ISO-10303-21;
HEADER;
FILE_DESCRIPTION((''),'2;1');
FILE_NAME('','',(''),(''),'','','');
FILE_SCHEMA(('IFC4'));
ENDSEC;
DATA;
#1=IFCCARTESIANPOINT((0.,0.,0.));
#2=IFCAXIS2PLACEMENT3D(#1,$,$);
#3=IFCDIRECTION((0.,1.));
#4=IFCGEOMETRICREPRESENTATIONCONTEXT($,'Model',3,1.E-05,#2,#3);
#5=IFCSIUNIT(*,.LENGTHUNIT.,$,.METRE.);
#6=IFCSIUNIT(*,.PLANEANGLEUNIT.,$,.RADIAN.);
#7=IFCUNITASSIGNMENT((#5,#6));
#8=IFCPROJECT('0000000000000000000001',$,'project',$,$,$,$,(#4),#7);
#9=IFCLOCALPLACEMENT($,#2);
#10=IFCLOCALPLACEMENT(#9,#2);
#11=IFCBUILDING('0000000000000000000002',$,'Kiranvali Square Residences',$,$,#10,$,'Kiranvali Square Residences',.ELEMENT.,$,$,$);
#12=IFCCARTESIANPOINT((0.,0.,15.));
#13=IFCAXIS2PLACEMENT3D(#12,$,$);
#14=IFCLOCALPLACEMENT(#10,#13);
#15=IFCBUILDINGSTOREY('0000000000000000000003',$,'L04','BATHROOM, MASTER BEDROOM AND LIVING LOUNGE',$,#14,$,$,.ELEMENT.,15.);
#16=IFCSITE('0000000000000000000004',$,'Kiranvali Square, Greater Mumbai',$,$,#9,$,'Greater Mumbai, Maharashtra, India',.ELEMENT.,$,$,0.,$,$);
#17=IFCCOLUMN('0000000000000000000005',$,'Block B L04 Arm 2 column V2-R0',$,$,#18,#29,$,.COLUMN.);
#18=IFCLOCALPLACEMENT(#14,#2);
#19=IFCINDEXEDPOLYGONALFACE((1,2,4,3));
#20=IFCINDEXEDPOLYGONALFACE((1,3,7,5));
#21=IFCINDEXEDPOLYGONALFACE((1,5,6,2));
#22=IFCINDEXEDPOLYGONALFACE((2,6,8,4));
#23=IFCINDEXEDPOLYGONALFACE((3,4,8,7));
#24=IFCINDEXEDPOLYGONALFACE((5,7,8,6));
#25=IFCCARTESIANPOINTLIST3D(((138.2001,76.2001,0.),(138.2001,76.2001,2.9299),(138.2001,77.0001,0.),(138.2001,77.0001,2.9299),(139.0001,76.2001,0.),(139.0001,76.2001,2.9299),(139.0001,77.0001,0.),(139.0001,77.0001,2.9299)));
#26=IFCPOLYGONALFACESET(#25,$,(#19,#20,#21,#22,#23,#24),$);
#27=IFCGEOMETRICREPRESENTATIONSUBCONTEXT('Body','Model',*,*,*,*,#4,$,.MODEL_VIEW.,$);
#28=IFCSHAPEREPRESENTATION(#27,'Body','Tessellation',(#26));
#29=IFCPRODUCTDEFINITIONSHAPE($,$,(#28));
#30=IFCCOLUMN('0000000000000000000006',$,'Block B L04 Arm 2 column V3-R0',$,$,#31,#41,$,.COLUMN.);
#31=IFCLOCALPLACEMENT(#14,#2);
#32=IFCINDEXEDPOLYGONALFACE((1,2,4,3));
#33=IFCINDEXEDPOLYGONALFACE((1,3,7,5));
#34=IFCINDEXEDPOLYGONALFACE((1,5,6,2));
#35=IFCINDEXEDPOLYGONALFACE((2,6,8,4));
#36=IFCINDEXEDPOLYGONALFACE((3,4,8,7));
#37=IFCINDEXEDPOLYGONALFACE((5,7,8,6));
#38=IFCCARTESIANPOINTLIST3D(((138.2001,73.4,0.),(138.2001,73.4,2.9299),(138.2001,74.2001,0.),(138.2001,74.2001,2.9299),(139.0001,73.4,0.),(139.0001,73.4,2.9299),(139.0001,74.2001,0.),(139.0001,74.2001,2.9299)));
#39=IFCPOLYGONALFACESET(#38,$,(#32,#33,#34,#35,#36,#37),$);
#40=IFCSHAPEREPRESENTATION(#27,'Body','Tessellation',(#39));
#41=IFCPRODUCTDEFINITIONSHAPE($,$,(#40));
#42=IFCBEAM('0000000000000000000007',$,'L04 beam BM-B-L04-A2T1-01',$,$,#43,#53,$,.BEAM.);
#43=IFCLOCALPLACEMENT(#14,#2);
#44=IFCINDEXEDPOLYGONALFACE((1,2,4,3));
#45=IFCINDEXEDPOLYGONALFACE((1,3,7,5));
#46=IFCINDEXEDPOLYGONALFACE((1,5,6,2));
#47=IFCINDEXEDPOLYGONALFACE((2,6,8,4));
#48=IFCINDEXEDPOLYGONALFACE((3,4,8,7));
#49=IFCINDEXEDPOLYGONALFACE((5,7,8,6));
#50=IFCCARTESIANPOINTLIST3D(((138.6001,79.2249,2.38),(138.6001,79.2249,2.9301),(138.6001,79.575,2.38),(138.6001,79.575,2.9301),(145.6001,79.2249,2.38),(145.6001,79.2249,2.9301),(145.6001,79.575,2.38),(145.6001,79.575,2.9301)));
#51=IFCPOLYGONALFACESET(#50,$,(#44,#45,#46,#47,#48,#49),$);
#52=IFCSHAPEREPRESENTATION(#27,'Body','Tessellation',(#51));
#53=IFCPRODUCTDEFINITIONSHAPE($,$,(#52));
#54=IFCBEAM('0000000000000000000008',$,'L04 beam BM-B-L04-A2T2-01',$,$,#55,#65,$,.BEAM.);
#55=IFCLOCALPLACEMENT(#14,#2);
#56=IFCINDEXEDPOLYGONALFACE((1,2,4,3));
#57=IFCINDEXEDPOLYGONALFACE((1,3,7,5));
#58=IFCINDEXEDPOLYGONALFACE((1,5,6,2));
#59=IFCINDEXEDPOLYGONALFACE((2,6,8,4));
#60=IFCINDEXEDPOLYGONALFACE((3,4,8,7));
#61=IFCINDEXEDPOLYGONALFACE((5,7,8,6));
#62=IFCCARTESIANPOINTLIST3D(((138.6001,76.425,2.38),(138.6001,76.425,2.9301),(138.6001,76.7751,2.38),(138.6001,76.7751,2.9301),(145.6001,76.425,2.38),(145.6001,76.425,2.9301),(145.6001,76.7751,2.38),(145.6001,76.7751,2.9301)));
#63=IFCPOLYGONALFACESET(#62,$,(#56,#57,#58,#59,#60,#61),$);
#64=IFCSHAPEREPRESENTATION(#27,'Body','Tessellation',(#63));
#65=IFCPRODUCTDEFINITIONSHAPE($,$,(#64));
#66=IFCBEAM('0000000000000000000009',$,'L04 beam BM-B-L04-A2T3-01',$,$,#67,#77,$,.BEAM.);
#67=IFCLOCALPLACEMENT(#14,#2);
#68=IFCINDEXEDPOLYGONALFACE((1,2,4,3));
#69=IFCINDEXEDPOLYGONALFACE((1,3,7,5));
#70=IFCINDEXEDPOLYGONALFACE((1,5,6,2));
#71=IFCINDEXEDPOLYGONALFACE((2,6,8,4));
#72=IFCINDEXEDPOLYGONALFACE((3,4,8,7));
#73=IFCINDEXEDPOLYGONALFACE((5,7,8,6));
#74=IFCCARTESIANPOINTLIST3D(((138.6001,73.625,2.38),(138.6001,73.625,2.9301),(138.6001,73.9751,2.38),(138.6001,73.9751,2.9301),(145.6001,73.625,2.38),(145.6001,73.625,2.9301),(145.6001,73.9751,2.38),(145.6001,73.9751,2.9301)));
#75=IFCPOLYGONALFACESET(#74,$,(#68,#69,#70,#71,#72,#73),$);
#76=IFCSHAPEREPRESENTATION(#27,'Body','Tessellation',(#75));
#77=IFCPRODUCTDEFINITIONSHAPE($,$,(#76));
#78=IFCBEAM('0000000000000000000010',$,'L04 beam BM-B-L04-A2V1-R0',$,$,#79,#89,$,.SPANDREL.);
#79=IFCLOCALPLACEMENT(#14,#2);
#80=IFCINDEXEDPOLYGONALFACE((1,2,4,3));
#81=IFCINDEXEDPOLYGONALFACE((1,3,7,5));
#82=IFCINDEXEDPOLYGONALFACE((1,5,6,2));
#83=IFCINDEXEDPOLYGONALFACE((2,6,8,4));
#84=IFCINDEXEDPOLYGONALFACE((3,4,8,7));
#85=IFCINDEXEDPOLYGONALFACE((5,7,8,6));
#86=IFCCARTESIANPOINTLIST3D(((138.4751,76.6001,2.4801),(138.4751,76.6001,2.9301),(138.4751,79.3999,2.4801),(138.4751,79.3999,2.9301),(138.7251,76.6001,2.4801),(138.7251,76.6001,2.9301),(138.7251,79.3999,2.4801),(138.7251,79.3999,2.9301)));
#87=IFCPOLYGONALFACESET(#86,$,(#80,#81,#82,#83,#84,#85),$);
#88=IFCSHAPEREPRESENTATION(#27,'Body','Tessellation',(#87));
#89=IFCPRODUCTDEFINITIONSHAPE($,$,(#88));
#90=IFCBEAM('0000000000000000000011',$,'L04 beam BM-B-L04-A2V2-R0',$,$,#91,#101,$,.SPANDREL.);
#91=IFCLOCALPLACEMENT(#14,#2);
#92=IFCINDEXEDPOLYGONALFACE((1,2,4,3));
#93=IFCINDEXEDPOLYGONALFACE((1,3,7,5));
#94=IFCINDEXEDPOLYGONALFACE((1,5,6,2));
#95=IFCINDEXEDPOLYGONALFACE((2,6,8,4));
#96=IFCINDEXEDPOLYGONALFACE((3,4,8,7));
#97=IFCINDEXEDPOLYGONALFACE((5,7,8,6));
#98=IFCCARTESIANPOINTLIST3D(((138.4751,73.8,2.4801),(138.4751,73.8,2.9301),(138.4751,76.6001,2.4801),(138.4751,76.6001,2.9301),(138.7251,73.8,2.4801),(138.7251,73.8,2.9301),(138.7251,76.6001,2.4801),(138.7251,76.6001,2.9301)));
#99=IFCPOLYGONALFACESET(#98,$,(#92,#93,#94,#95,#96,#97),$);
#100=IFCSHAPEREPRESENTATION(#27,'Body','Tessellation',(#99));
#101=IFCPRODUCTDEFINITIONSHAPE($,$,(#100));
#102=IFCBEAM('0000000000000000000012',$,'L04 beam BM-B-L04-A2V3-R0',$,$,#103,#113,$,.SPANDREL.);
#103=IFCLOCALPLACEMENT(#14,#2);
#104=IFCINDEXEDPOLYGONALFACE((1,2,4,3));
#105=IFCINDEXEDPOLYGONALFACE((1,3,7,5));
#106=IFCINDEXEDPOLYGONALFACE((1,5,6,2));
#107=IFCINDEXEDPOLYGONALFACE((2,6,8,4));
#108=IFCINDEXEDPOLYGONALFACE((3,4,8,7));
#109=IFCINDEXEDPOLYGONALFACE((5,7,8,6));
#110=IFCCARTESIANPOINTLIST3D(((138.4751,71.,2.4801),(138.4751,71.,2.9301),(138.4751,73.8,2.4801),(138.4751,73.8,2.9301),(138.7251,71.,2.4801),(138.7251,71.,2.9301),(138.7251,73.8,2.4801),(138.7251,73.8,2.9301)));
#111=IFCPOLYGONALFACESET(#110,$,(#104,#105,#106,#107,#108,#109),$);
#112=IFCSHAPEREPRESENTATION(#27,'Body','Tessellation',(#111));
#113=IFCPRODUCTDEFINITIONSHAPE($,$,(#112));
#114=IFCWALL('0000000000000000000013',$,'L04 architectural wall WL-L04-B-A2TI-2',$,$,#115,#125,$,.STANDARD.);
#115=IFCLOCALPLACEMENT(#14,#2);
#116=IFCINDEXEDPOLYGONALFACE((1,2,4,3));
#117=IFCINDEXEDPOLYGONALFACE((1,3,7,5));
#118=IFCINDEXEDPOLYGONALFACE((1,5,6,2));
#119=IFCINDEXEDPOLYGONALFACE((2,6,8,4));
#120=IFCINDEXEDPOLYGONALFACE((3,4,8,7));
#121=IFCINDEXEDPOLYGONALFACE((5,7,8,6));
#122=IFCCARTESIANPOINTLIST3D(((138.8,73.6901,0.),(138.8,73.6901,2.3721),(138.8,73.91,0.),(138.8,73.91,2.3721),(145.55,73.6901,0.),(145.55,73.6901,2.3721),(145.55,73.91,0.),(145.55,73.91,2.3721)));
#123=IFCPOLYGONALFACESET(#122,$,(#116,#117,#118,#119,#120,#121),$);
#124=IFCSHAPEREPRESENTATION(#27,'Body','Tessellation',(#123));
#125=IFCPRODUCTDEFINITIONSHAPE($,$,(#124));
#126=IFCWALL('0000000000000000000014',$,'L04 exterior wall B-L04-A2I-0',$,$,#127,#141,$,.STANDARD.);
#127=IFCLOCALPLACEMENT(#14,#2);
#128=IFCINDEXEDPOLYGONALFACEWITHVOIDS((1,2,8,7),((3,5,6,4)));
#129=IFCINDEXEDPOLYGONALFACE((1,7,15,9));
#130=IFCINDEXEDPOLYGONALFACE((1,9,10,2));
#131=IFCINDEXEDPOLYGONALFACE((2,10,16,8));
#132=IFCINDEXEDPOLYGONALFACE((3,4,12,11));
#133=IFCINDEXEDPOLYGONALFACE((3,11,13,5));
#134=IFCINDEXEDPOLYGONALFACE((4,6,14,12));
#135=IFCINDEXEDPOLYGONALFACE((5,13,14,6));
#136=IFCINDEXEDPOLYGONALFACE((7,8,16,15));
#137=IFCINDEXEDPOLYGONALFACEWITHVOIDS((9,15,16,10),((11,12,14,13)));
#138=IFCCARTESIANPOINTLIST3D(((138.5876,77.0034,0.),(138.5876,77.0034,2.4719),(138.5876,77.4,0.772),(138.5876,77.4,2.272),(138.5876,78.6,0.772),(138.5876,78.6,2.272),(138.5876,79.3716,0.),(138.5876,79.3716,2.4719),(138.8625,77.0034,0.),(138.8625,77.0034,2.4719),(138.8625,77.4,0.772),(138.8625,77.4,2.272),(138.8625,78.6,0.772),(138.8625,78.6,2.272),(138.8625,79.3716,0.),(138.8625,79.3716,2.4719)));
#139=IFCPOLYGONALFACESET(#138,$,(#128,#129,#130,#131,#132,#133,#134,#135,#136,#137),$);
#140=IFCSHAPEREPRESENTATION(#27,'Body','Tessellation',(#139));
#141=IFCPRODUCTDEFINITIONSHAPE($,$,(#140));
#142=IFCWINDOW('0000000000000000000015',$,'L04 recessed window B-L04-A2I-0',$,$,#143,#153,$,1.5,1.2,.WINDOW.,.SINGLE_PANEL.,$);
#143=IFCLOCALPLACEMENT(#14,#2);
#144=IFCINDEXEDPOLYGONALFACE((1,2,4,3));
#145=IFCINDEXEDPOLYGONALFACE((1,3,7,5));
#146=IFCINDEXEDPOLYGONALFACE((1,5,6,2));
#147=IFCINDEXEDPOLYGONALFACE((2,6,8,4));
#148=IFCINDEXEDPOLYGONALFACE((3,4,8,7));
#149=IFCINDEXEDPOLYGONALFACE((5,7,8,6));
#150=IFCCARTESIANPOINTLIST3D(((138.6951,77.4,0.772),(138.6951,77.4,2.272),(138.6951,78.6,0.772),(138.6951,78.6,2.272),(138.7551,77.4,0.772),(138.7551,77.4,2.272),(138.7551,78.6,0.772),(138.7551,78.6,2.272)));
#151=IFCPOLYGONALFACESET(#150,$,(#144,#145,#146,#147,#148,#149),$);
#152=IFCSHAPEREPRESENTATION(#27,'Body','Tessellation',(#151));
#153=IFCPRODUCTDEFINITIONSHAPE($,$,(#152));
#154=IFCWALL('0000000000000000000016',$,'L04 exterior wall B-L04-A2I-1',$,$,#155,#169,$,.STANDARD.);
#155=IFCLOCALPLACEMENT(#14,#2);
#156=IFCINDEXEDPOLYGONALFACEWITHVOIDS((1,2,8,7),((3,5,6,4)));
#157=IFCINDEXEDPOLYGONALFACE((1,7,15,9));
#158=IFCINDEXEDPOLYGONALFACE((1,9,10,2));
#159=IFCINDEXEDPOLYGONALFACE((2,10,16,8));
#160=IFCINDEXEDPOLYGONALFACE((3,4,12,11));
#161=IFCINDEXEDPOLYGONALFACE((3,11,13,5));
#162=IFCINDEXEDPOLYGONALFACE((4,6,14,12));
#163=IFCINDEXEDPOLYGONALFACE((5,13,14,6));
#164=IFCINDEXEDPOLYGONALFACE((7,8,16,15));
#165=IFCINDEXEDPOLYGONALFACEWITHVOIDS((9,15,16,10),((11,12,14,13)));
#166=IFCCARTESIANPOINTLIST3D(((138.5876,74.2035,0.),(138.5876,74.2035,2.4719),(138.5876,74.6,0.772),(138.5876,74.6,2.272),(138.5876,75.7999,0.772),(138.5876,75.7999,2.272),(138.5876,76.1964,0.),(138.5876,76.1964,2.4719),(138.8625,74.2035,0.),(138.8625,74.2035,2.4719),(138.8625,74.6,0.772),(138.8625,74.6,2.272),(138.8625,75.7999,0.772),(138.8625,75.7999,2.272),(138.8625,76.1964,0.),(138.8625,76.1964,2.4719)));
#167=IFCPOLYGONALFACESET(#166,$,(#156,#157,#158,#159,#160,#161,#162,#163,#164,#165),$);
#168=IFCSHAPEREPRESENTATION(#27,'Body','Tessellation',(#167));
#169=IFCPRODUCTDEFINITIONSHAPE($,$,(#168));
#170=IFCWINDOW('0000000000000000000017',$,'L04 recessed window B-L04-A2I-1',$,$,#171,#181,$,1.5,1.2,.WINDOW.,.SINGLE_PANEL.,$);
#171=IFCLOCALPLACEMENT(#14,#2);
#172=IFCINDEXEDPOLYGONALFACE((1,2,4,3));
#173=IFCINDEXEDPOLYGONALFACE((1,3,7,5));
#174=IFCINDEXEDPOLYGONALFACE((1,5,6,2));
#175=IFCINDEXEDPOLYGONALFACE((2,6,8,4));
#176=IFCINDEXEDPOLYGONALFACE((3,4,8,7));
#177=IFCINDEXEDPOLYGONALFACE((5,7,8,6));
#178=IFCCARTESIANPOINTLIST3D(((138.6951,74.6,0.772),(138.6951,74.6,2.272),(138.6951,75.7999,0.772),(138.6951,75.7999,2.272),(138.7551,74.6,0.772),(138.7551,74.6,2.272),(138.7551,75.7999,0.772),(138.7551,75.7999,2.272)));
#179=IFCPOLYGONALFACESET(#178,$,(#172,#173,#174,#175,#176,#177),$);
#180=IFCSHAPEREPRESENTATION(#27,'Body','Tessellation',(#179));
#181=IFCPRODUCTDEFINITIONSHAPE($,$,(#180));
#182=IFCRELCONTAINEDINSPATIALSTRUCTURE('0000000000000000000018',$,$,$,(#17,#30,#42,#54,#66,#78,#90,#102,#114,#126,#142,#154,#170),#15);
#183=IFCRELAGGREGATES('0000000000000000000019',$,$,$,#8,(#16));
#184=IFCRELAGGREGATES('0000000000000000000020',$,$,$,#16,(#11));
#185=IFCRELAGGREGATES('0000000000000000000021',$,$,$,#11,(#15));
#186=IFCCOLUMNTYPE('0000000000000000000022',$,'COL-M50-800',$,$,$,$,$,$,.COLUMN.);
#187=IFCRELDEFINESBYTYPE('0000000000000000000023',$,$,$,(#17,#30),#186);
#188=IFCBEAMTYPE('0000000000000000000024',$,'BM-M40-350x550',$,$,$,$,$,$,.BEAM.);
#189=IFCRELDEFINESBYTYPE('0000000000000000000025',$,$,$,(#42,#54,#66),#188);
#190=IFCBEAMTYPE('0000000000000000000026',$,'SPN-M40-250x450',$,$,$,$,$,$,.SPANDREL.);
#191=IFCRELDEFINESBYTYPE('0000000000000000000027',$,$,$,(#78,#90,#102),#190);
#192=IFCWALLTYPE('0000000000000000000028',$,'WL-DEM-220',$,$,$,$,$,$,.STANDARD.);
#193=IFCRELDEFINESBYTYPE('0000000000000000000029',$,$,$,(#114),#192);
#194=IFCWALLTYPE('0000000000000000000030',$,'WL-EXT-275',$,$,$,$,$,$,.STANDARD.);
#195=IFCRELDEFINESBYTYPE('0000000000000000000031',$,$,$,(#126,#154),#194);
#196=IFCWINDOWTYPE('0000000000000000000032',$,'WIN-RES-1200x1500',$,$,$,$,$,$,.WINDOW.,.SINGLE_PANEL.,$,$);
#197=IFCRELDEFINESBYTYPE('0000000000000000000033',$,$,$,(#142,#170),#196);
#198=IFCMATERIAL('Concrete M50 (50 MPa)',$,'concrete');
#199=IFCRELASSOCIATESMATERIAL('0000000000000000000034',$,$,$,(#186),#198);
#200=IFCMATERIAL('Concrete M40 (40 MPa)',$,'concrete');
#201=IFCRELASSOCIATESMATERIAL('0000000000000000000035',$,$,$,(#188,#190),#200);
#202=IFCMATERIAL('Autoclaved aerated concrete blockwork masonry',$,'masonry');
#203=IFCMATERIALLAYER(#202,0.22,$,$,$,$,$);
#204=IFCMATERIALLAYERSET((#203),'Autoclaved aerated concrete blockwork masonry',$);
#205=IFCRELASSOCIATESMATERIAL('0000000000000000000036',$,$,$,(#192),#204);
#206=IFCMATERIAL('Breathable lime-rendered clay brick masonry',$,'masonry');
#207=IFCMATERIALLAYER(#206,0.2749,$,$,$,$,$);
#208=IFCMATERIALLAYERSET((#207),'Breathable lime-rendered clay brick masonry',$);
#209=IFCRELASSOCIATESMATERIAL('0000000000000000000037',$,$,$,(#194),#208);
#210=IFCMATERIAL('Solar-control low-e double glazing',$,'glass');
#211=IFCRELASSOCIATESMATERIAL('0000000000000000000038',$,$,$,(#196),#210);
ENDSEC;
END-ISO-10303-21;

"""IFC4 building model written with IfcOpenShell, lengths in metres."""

from ifc_helpers import new_model, si_unit, direction, frame, frame_2d, origin, origin_2d, place, context, subcontext, project, spatial, rectangle, extrude, material, layer, layer_set, material_profile, profile_set, type_object, element, fill, save


model = new_model("IFC4")

# Units and contexts
model_context = context("Model", 3, precision=1e-05, world=origin(), true_north=direction((0.0, 1.0)))
body_context = subcontext(model_context, "Body", "Model", "MODEL_VIEW")
ifc_project = project(units=[si_unit("LENGTHUNIT", "METRE"), si_unit("PLANEANGLEUNIT", "RADIAN")], contexts=[model_context])

# Site, building, storey
site_placement = place(None, origin())
site = spatial("IfcSite", under=ifc_project, at=site_placement, Name="Kiranvali Square, Greater Mumbai", LongName="Greater Mumbai, Maharashtra, India", CompositionType="ELEMENT", RefElevation=0.0)
building_placement = place(site_placement, origin())
building = spatial("IfcBuilding", under=site, at=building_placement, Name="Kiranvali Square Residences", LongName="Kiranvali Square Residences", CompositionType="ELEMENT")
storey_placement = place(building_placement, frame((0.0, 0.0, 15.0)))
storey = spatial("IfcBuildingStorey", under=building, at=storey_placement, Name="L04", Description="BATHROOM, MASTER BEDROOM AND LIVING LOUNGE", CompositionType="ELEMENT", Elevation=15.0)

# Columns
ifc_material_1 = material(Name="Concrete M50 (50 MPa)", Category="concrete")
ifc_material_profile_1 = material_profile(ifc_material_1, rectangle(XDim=0.8, YDim=0.8, at=origin_2d()), Name="RC 800x800")
ifc_profile_set_1 = profile_set([ifc_material_profile_1], Name="Concrete M50 (50 MPa)")
column_type = type_object("IfcColumnType", Name="COL-M50-800", PredefinedType="COLUMN", material=ifc_profile_set_1)
for number, where, z_axis, x_axis, name in (
    (1, (138.6001, 76.6001, 0.0), (0.0, 0.0, 1.0), (1.0, 0.0, 0.0), "Block B L04 Arm 2 column V2-R0"),
    (2, (138.6001, 73.8, 0.0), (0.0, 0.0, 1.0), (1.0, 0.0, 0.0), "Block B L04 Arm 2 column V3-R0"),
):
    element("IfcColumn", number, at=place(storey_placement, frame(where, z_axis=z_axis, x_axis=x_axis)), inside=storey, type_object=column_type, Name=name, PredefinedType="COLUMN", context=body_context, shape_type="SweptSolid", body=[
        extrude(rectangle(XDim=0.8, YDim=0.8, at=origin_2d()), origin(), (0.0, 0.0, 1.0), 2.9299),
    ])

# Beams
ifc_material_2 = material(Name="Concrete M40 (40 MPa)", Category="concrete")
ifc_material_profile_2 = material_profile(ifc_material_2, rectangle(XDim=0.3501, YDim=0.55, at=origin_2d()), Name="RC 350x550")
ifc_profile_set_2 = profile_set([ifc_material_profile_2], Name="Concrete M40 (40 MPa)")
beam_type_1 = type_object("IfcBeamType", Name="BM-M40-350x550", PredefinedType="BEAM", material=ifc_profile_set_2)
for number, where, z_axis, x_axis, name in (
    (3, (138.6001, 79.3999, 2.655), (1.0, 0.0, 0.0), (0.0, 1.0, 0.0), "L04 beam BM-B-L04-A2T1-01"),
    (4, (138.6001, 76.6001, 2.655), (1.0, 0.0, 0.0), (0.0, 1.0, 0.0), "L04 beam BM-B-L04-A2T2-01"),
    (5, (138.6001, 73.8, 2.655), (1.0, 0.0, 0.0), (0.0, 1.0, 0.0), "L04 beam BM-B-L04-A2T3-01"),
):
    element("IfcBeam", number, at=place(storey_placement, frame(where, z_axis=z_axis, x_axis=x_axis)), inside=storey, type_object=beam_type_1, Name=name, PredefinedType="BEAM", context=body_context, shape_type="SweptSolid", body=[
        extrude(rectangle(XDim=0.3501, YDim=0.55, at=origin_2d()), origin(), (0.0, 0.0, 1.0), 7.0),
    ])
ifc_material_profile_3 = material_profile(ifc_material_2, rectangle(XDim=0.25, YDim=0.45, at=origin_2d()), Name="RC 250x450")
ifc_profile_set_3 = profile_set([ifc_material_profile_3], Name="Concrete M40 (40 MPa)")
beam_type_2 = type_object("IfcBeamType", Name="SPN-M40-250x450", PredefinedType="SPANDREL", material=ifc_profile_set_3)
beam_placement = place(storey_placement, frame((138.6001, 79.3999, 2.7051), z_axis=(0.0, -1.0, 0.0), x_axis=(1.0, 0.0, 0.0)))
element("IfcBeam", 6, at=beam_placement, inside=storey, type_object=beam_type_2, Name="L04 beam BM-B-L04-A2V1-R0", PredefinedType="SPANDREL", context=body_context, shape_type="SweptSolid", body=[
    extrude(rectangle(XDim=0.25, YDim=0.45, at=origin_2d()), origin(), (0.0, 0.0, 1.0), 2.7998),
])
for number, where, z_axis, x_axis, name in (
    (7, (138.6001, 76.6001, 2.7051), (0.0, -1.0, 0.0), (1.0, 0.0, 0.0), "L04 beam BM-B-L04-A2V2-R0"),
    (8, (138.6001, 73.8, 2.7051), (0.0, -1.0, 0.0), (1.0, 0.0, 0.0), "L04 beam BM-B-L04-A2V3-R0"),
):
    element("IfcBeam", number, at=place(storey_placement, frame(where, z_axis=z_axis, x_axis=x_axis)), inside=storey, type_object=beam_type_2, Name=name, PredefinedType="SPANDREL", context=body_context, shape_type="SweptSolid", body=[
        extrude(rectangle(XDim=0.25, YDim=0.45, at=origin_2d()), origin(), (0.0, 0.0, 1.0), 2.8),
    ])

# Wall
ifc_material_3 = material(Name="Autoclaved aerated concrete blockwork masonry", Category="masonry")
ifc_layer_1 = layer(ifc_material_3, 0.22)
ifc_layer_set_1 = layer_set([ifc_layer_1], Name="Autoclaved aerated concrete blockwork masonry")
wall_type_1 = type_object("IfcWallType", Name="WL-DEM-220", PredefinedType="STANDARD", material=ifc_layer_set_1)
wall_1_placement = place(storey_placement, frame((138.8, 73.8, 0.0), z_axis=(0.0, 0.0, 1.0), x_axis=(1.0, 0.0, 0.0)))
element("IfcWall", 9, at=wall_1_placement, inside=storey, type_object=wall_type_1, Name="L04 architectural wall WL-L04-B-A2TI-2", PredefinedType="STANDARD", context=body_context, shape_type="SweptSolid", body=[
    extrude(rectangle(XDim=6.75, YDim=0.22, at=frame_2d((3.375, 0.0))), origin(), (0.0, 0.0, 1.0), 2.3721),
])

# Walls, openings, windows
ifc_material_4 = material(Name="Breathable lime-rendered clay brick masonry", Category="masonry")
ifc_layer_2 = layer(ifc_material_4, 0.2749)
ifc_layer_set_2 = layer_set([ifc_layer_2], Name="Breathable lime-rendered clay brick masonry")
wall_type_2 = type_object("IfcWallType", Name="WL-EXT-275", PredefinedType="STANDARD", material=ifc_layer_set_2)
wall_2_placement = place(storey_placement, frame((138.7251, 79.3716, 0.0), z_axis=(0.0, 0.0, 1.0), x_axis=(0.0, -1.0, 0.0)))
wall_2 = element("IfcWall", 10, at=wall_2_placement, inside=storey, type_object=wall_type_2, Name="L04 exterior wall B-L04-A2I-0", PredefinedType="STANDARD", context=body_context, shape_type="SweptSolid", body=[
    extrude(rectangle(XDim=2.3682, YDim=0.2749, at=frame_2d((1.1841, 0.0))), origin(), (0.0, 0.0, 1.0), 2.4719),
])
opening_1_placement = place(wall_2_placement, frame((0.7715, 0.0, 0.772)))
opening_1 = element("IfcOpeningElement", 11, at=opening_1_placement, cuts=wall_2, PredefinedType="OPENING", context=body_context, shape_type="SweptSolid", body=[
    extrude(rectangle(XDim=1.2, YDim=1.5, at=frame_2d((0.6001, 0.75))), frame((0.0, 0.1475, 0.0), z_axis=(0.0, -1.0, 0.0), x_axis=(1.0, 0.0, 0.0)), (0.0, 0.0, 1.0), 0.2949),
])
ifc_material_5 = material(Name="Solar-control low-e double glazing", Category="glass")
window_type_1 = type_object("IfcWindowType", Name="WIN-RES-1200x1500", PartitioningType="SINGLE_PANEL", PredefinedType="WINDOW", material=ifc_material_5)
window_1_placement = place(opening_1_placement, origin())
window_1 = element("IfcWindow", 12, at=window_1_placement, inside=storey, type_object=window_type_1, Name="L04 recessed window B-L04-A2I-0", OverallHeight=1.5, OverallWidth=1.2, PartitioningType="SINGLE_PANEL", PredefinedType="WINDOW", context=body_context, shape_type="SweptSolid", body=[
    extrude(rectangle(XDim=1.2, YDim=1.5, at=frame_2d((0.6001, 0.75))), frame((0.0, 0.03, 0.0), z_axis=(0.0, -1.0, 0.0), x_axis=(1.0, 0.0, 0.0)), (0.0, 0.0, 1.0), 0.0601),
])
fill(opening_1, window_1)
wall_3_placement = place(storey_placement, frame((138.7251, 76.1965, 0.0), z_axis=(0.0, 0.0, 1.0), x_axis=(0.0, -1.0, 0.0)))
wall_3 = element("IfcWall", 13, at=wall_3_placement, inside=storey, type_object=wall_type_2, Name="L04 exterior wall B-L04-A2I-1", PredefinedType="STANDARD", context=body_context, shape_type="SweptSolid", body=[
    extrude(rectangle(XDim=1.9929, YDim=0.2749, at=frame_2d((0.9966, 0.0))), origin(), (0.0, 0.0, 1.0), 2.4719),
])
opening_2_placement = place(wall_3_placement, frame((0.3965, 0.0, 0.772)))
opening_2 = element("IfcOpeningElement", 14, at=opening_2_placement, cuts=wall_3, PredefinedType="OPENING", context=body_context, shape_type="SweptSolid", body=[
    extrude(rectangle(XDim=1.2, YDim=1.5, at=frame_2d((0.6001, 0.75))), frame((0.0, 0.1475, 0.0), z_axis=(0.0, -1.0, 0.0), x_axis=(1.0, 0.0, 0.0)), (0.0, 0.0, 1.0), 0.2949),
])
window_2_placement = place(opening_2_placement, origin())
window_2 = element("IfcWindow", 15, at=window_2_placement, inside=storey, type_object=window_type_1, Name="L04 recessed window B-L04-A2I-1", OverallHeight=1.5, OverallWidth=1.2, PartitioningType="SINGLE_PANEL", PredefinedType="WINDOW", context=body_context, shape_type="SweptSolid", body=[
    extrude(rectangle(XDim=1.2, YDim=1.5, at=frame_2d((0.6001, 0.75))), frame((0.0, 0.03, 0.0), z_axis=(0.0, -1.0, 0.0), x_axis=(1.0, 0.0, 0.0)), (0.0, 0.0, 1.0), 0.0601),
])
fill(opening_2, window_2)

save(model, "model.ifc")
